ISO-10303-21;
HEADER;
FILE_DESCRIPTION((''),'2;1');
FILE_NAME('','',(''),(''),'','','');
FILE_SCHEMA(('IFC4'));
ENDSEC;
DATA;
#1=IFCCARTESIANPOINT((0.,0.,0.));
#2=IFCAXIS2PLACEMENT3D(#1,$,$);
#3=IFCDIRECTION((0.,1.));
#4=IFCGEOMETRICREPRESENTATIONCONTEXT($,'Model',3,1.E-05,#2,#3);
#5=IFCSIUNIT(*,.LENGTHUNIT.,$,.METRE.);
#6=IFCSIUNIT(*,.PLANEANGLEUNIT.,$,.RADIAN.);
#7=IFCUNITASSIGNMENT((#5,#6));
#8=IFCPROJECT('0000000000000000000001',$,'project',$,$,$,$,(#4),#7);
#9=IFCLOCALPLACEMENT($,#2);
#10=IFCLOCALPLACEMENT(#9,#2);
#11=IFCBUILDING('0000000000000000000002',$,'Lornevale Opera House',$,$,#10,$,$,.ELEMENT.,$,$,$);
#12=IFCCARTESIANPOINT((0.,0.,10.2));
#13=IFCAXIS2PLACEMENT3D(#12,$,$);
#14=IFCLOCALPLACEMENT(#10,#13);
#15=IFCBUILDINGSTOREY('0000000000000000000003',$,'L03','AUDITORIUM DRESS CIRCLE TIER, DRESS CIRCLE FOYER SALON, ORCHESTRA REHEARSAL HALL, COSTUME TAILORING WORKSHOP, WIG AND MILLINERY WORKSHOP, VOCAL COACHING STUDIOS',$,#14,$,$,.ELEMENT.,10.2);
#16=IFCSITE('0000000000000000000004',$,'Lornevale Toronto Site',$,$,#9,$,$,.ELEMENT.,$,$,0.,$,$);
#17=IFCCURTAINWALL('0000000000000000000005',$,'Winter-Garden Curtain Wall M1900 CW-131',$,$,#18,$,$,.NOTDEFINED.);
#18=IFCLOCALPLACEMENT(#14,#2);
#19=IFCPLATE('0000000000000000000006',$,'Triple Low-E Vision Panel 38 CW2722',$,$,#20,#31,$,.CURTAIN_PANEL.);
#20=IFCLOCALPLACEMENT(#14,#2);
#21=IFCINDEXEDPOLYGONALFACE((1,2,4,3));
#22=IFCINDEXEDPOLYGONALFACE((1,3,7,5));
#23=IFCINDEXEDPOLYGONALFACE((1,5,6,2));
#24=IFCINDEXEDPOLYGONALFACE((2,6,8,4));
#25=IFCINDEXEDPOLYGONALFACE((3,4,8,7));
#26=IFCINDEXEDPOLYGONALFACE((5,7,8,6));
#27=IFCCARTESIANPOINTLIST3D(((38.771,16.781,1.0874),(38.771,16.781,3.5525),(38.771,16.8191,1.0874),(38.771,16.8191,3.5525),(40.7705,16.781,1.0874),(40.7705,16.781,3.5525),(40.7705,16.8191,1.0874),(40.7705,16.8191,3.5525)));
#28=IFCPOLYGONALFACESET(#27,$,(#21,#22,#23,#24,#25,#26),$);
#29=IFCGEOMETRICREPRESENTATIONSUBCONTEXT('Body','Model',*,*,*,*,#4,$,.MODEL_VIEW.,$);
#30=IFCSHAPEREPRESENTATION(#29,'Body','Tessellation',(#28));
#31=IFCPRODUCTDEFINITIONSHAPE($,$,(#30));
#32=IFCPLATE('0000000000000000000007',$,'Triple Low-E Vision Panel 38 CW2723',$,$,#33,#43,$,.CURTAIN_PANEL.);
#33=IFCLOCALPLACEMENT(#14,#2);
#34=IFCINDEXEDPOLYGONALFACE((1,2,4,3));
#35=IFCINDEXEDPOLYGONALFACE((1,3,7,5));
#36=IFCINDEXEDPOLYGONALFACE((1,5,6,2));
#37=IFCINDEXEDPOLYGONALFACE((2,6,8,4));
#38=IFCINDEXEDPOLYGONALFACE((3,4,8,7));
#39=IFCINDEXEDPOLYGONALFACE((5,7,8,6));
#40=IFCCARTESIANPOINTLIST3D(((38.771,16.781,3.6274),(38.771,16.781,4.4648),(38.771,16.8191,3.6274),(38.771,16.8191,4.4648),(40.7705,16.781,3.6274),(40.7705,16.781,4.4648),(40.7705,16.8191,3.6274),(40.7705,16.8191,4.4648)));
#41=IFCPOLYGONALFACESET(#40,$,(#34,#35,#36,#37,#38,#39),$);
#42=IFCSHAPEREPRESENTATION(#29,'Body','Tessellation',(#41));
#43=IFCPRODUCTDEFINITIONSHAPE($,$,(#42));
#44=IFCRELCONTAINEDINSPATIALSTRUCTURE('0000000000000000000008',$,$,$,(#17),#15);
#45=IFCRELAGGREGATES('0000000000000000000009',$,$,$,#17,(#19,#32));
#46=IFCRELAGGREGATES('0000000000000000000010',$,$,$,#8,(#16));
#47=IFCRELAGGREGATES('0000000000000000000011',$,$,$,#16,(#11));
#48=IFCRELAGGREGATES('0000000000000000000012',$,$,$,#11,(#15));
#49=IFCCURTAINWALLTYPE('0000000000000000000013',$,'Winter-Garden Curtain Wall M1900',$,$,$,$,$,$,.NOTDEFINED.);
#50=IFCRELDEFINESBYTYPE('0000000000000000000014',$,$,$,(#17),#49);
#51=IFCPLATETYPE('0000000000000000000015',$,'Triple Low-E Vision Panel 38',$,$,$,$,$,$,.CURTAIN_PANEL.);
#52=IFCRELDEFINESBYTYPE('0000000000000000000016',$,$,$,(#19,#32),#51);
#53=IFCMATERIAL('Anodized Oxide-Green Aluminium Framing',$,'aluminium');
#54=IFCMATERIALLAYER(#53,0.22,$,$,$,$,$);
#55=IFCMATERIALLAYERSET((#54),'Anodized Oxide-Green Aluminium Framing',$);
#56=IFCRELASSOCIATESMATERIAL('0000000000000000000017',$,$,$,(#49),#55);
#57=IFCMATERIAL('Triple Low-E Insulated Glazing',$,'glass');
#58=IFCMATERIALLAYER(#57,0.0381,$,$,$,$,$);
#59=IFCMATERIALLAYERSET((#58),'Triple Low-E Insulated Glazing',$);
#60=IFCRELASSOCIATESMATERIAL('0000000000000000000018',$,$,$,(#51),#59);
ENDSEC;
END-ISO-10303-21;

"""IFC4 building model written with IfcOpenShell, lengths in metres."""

from ifc_helpers import new_model, si_unit, direction, frame, origin, origin_2d, place, context, subcontext, project, spatial, rectangle, extrude, material, layer, layer_set, type_object, element, aggregate, save


model = new_model("IFC4")

# Units and contexts
model_context = context("Model", 3, precision=1e-05, world=origin(), true_north=direction((0.0, 1.0)))
body_context = subcontext(model_context, "Body", "Model", "MODEL_VIEW")
ifc_project = project(units=[si_unit("LENGTHUNIT", "METRE"), si_unit("PLANEANGLEUNIT", "RADIAN")], contexts=[model_context])

# Site, building, storey
site_placement = place(None, origin())
site = spatial("IfcSite", under=ifc_project, at=site_placement, Name="Lornevale Toronto Site", CompositionType="ELEMENT", RefElevation=0.0)
building_placement = place(site_placement, origin())
building = spatial("IfcBuilding", under=site, at=building_placement, Name="Lornevale Opera House", CompositionType="ELEMENT")
storey_placement = place(building_placement, frame((0.0, 0.0, 10.2)))
storey = spatial("IfcBuildingStorey", under=building, at=storey_placement, Name="L03", Description="AUDITORIUM DRESS CIRCLE TIER, DRESS CIRCLE FOYER SALON, ORCHESTRA REHEARSAL HALL, COSTUME TAILORING WORKSHOP, WIG AND MILLINERY WORKSHOP, VOCAL COACHING STUDIOS", CompositionType="ELEMENT", Elevation=10.2)

# Curtain wall
ifc_material_1 = material(Name="Anodized Oxide-Green Aluminium Framing", Category="aluminium")
ifc_layer_1 = layer(ifc_material_1, 0.22)
ifc_layer_set_1 = layer_set([ifc_layer_1], Name="Anodized Oxide-Green Aluminium Framing")
curtain_wall_type_1 = type_object("IfcCurtainWallType", Name="Winter-Garden Curtain Wall M1900", PredefinedType="NOTDEFINED", material=ifc_layer_set_1)
curtain_wall_1_placement = place(storey_placement, origin())
curtain_wall_1 = element("IfcCurtainWall", 1, at=curtain_wall_1_placement, inside=storey, type_object=curtain_wall_type_1, Name="Winter-Garden Curtain Wall M1900 CW-131", PredefinedType="NOTDEFINED")

# Plates
ifc_material_2 = material(Name="Triple Low-E Insulated Glazing", Category="glass")
ifc_layer_2 = layer(ifc_material_2, 0.0381)
ifc_layer_set_2 = layer_set([ifc_layer_2], Name="Triple Low-E Insulated Glazing")
plate_type = type_object("IfcPlateType", Name="Triple Low-E Vision Panel 38", PredefinedType="CURTAIN_PANEL", material=ifc_layer_set_2)
plate_1_placement = place(storey_placement, frame((39.7708, 16.8, 1.0874), z_axis=(0.0, 0.0, 1.0), x_axis=(-1.0, 0.0, 0.0)))
plate_1 = element("IfcPlate", 2, at=plate_1_placement, type_object=plate_type, Name="Triple Low-E Vision Panel 38 CW2722", PredefinedType="CURTAIN_PANEL", context=body_context, shape_type="SweptSolid", body=[
    extrude(rectangle(XDim=1.9995, YDim=0.0381, at=origin_2d()), origin(), (0.0, 0.0, 1.0), 2.4651),
])
plate_2_placement = place(storey_placement, frame((39.7708, 16.8, 3.6274), z_axis=(0.0, 0.0, 1.0), x_axis=(-1.0, 0.0, 0.0)))
plate_2 = element("IfcPlate", 3, at=plate_2_placement, type_object=plate_type, Name="Triple Low-E Vision Panel 38 CW2723", PredefinedType="CURTAIN_PANEL", context=body_context, shape_type="SweptSolid", body=[
    extrude(rectangle(XDim=1.9995, YDim=0.0381, at=origin_2d()), origin(), (0.0, 0.0, 1.0), 0.8374),
])
aggregate(curtain_wall_1, [plate_1, plate_2])

save(model, "model.ifc")
